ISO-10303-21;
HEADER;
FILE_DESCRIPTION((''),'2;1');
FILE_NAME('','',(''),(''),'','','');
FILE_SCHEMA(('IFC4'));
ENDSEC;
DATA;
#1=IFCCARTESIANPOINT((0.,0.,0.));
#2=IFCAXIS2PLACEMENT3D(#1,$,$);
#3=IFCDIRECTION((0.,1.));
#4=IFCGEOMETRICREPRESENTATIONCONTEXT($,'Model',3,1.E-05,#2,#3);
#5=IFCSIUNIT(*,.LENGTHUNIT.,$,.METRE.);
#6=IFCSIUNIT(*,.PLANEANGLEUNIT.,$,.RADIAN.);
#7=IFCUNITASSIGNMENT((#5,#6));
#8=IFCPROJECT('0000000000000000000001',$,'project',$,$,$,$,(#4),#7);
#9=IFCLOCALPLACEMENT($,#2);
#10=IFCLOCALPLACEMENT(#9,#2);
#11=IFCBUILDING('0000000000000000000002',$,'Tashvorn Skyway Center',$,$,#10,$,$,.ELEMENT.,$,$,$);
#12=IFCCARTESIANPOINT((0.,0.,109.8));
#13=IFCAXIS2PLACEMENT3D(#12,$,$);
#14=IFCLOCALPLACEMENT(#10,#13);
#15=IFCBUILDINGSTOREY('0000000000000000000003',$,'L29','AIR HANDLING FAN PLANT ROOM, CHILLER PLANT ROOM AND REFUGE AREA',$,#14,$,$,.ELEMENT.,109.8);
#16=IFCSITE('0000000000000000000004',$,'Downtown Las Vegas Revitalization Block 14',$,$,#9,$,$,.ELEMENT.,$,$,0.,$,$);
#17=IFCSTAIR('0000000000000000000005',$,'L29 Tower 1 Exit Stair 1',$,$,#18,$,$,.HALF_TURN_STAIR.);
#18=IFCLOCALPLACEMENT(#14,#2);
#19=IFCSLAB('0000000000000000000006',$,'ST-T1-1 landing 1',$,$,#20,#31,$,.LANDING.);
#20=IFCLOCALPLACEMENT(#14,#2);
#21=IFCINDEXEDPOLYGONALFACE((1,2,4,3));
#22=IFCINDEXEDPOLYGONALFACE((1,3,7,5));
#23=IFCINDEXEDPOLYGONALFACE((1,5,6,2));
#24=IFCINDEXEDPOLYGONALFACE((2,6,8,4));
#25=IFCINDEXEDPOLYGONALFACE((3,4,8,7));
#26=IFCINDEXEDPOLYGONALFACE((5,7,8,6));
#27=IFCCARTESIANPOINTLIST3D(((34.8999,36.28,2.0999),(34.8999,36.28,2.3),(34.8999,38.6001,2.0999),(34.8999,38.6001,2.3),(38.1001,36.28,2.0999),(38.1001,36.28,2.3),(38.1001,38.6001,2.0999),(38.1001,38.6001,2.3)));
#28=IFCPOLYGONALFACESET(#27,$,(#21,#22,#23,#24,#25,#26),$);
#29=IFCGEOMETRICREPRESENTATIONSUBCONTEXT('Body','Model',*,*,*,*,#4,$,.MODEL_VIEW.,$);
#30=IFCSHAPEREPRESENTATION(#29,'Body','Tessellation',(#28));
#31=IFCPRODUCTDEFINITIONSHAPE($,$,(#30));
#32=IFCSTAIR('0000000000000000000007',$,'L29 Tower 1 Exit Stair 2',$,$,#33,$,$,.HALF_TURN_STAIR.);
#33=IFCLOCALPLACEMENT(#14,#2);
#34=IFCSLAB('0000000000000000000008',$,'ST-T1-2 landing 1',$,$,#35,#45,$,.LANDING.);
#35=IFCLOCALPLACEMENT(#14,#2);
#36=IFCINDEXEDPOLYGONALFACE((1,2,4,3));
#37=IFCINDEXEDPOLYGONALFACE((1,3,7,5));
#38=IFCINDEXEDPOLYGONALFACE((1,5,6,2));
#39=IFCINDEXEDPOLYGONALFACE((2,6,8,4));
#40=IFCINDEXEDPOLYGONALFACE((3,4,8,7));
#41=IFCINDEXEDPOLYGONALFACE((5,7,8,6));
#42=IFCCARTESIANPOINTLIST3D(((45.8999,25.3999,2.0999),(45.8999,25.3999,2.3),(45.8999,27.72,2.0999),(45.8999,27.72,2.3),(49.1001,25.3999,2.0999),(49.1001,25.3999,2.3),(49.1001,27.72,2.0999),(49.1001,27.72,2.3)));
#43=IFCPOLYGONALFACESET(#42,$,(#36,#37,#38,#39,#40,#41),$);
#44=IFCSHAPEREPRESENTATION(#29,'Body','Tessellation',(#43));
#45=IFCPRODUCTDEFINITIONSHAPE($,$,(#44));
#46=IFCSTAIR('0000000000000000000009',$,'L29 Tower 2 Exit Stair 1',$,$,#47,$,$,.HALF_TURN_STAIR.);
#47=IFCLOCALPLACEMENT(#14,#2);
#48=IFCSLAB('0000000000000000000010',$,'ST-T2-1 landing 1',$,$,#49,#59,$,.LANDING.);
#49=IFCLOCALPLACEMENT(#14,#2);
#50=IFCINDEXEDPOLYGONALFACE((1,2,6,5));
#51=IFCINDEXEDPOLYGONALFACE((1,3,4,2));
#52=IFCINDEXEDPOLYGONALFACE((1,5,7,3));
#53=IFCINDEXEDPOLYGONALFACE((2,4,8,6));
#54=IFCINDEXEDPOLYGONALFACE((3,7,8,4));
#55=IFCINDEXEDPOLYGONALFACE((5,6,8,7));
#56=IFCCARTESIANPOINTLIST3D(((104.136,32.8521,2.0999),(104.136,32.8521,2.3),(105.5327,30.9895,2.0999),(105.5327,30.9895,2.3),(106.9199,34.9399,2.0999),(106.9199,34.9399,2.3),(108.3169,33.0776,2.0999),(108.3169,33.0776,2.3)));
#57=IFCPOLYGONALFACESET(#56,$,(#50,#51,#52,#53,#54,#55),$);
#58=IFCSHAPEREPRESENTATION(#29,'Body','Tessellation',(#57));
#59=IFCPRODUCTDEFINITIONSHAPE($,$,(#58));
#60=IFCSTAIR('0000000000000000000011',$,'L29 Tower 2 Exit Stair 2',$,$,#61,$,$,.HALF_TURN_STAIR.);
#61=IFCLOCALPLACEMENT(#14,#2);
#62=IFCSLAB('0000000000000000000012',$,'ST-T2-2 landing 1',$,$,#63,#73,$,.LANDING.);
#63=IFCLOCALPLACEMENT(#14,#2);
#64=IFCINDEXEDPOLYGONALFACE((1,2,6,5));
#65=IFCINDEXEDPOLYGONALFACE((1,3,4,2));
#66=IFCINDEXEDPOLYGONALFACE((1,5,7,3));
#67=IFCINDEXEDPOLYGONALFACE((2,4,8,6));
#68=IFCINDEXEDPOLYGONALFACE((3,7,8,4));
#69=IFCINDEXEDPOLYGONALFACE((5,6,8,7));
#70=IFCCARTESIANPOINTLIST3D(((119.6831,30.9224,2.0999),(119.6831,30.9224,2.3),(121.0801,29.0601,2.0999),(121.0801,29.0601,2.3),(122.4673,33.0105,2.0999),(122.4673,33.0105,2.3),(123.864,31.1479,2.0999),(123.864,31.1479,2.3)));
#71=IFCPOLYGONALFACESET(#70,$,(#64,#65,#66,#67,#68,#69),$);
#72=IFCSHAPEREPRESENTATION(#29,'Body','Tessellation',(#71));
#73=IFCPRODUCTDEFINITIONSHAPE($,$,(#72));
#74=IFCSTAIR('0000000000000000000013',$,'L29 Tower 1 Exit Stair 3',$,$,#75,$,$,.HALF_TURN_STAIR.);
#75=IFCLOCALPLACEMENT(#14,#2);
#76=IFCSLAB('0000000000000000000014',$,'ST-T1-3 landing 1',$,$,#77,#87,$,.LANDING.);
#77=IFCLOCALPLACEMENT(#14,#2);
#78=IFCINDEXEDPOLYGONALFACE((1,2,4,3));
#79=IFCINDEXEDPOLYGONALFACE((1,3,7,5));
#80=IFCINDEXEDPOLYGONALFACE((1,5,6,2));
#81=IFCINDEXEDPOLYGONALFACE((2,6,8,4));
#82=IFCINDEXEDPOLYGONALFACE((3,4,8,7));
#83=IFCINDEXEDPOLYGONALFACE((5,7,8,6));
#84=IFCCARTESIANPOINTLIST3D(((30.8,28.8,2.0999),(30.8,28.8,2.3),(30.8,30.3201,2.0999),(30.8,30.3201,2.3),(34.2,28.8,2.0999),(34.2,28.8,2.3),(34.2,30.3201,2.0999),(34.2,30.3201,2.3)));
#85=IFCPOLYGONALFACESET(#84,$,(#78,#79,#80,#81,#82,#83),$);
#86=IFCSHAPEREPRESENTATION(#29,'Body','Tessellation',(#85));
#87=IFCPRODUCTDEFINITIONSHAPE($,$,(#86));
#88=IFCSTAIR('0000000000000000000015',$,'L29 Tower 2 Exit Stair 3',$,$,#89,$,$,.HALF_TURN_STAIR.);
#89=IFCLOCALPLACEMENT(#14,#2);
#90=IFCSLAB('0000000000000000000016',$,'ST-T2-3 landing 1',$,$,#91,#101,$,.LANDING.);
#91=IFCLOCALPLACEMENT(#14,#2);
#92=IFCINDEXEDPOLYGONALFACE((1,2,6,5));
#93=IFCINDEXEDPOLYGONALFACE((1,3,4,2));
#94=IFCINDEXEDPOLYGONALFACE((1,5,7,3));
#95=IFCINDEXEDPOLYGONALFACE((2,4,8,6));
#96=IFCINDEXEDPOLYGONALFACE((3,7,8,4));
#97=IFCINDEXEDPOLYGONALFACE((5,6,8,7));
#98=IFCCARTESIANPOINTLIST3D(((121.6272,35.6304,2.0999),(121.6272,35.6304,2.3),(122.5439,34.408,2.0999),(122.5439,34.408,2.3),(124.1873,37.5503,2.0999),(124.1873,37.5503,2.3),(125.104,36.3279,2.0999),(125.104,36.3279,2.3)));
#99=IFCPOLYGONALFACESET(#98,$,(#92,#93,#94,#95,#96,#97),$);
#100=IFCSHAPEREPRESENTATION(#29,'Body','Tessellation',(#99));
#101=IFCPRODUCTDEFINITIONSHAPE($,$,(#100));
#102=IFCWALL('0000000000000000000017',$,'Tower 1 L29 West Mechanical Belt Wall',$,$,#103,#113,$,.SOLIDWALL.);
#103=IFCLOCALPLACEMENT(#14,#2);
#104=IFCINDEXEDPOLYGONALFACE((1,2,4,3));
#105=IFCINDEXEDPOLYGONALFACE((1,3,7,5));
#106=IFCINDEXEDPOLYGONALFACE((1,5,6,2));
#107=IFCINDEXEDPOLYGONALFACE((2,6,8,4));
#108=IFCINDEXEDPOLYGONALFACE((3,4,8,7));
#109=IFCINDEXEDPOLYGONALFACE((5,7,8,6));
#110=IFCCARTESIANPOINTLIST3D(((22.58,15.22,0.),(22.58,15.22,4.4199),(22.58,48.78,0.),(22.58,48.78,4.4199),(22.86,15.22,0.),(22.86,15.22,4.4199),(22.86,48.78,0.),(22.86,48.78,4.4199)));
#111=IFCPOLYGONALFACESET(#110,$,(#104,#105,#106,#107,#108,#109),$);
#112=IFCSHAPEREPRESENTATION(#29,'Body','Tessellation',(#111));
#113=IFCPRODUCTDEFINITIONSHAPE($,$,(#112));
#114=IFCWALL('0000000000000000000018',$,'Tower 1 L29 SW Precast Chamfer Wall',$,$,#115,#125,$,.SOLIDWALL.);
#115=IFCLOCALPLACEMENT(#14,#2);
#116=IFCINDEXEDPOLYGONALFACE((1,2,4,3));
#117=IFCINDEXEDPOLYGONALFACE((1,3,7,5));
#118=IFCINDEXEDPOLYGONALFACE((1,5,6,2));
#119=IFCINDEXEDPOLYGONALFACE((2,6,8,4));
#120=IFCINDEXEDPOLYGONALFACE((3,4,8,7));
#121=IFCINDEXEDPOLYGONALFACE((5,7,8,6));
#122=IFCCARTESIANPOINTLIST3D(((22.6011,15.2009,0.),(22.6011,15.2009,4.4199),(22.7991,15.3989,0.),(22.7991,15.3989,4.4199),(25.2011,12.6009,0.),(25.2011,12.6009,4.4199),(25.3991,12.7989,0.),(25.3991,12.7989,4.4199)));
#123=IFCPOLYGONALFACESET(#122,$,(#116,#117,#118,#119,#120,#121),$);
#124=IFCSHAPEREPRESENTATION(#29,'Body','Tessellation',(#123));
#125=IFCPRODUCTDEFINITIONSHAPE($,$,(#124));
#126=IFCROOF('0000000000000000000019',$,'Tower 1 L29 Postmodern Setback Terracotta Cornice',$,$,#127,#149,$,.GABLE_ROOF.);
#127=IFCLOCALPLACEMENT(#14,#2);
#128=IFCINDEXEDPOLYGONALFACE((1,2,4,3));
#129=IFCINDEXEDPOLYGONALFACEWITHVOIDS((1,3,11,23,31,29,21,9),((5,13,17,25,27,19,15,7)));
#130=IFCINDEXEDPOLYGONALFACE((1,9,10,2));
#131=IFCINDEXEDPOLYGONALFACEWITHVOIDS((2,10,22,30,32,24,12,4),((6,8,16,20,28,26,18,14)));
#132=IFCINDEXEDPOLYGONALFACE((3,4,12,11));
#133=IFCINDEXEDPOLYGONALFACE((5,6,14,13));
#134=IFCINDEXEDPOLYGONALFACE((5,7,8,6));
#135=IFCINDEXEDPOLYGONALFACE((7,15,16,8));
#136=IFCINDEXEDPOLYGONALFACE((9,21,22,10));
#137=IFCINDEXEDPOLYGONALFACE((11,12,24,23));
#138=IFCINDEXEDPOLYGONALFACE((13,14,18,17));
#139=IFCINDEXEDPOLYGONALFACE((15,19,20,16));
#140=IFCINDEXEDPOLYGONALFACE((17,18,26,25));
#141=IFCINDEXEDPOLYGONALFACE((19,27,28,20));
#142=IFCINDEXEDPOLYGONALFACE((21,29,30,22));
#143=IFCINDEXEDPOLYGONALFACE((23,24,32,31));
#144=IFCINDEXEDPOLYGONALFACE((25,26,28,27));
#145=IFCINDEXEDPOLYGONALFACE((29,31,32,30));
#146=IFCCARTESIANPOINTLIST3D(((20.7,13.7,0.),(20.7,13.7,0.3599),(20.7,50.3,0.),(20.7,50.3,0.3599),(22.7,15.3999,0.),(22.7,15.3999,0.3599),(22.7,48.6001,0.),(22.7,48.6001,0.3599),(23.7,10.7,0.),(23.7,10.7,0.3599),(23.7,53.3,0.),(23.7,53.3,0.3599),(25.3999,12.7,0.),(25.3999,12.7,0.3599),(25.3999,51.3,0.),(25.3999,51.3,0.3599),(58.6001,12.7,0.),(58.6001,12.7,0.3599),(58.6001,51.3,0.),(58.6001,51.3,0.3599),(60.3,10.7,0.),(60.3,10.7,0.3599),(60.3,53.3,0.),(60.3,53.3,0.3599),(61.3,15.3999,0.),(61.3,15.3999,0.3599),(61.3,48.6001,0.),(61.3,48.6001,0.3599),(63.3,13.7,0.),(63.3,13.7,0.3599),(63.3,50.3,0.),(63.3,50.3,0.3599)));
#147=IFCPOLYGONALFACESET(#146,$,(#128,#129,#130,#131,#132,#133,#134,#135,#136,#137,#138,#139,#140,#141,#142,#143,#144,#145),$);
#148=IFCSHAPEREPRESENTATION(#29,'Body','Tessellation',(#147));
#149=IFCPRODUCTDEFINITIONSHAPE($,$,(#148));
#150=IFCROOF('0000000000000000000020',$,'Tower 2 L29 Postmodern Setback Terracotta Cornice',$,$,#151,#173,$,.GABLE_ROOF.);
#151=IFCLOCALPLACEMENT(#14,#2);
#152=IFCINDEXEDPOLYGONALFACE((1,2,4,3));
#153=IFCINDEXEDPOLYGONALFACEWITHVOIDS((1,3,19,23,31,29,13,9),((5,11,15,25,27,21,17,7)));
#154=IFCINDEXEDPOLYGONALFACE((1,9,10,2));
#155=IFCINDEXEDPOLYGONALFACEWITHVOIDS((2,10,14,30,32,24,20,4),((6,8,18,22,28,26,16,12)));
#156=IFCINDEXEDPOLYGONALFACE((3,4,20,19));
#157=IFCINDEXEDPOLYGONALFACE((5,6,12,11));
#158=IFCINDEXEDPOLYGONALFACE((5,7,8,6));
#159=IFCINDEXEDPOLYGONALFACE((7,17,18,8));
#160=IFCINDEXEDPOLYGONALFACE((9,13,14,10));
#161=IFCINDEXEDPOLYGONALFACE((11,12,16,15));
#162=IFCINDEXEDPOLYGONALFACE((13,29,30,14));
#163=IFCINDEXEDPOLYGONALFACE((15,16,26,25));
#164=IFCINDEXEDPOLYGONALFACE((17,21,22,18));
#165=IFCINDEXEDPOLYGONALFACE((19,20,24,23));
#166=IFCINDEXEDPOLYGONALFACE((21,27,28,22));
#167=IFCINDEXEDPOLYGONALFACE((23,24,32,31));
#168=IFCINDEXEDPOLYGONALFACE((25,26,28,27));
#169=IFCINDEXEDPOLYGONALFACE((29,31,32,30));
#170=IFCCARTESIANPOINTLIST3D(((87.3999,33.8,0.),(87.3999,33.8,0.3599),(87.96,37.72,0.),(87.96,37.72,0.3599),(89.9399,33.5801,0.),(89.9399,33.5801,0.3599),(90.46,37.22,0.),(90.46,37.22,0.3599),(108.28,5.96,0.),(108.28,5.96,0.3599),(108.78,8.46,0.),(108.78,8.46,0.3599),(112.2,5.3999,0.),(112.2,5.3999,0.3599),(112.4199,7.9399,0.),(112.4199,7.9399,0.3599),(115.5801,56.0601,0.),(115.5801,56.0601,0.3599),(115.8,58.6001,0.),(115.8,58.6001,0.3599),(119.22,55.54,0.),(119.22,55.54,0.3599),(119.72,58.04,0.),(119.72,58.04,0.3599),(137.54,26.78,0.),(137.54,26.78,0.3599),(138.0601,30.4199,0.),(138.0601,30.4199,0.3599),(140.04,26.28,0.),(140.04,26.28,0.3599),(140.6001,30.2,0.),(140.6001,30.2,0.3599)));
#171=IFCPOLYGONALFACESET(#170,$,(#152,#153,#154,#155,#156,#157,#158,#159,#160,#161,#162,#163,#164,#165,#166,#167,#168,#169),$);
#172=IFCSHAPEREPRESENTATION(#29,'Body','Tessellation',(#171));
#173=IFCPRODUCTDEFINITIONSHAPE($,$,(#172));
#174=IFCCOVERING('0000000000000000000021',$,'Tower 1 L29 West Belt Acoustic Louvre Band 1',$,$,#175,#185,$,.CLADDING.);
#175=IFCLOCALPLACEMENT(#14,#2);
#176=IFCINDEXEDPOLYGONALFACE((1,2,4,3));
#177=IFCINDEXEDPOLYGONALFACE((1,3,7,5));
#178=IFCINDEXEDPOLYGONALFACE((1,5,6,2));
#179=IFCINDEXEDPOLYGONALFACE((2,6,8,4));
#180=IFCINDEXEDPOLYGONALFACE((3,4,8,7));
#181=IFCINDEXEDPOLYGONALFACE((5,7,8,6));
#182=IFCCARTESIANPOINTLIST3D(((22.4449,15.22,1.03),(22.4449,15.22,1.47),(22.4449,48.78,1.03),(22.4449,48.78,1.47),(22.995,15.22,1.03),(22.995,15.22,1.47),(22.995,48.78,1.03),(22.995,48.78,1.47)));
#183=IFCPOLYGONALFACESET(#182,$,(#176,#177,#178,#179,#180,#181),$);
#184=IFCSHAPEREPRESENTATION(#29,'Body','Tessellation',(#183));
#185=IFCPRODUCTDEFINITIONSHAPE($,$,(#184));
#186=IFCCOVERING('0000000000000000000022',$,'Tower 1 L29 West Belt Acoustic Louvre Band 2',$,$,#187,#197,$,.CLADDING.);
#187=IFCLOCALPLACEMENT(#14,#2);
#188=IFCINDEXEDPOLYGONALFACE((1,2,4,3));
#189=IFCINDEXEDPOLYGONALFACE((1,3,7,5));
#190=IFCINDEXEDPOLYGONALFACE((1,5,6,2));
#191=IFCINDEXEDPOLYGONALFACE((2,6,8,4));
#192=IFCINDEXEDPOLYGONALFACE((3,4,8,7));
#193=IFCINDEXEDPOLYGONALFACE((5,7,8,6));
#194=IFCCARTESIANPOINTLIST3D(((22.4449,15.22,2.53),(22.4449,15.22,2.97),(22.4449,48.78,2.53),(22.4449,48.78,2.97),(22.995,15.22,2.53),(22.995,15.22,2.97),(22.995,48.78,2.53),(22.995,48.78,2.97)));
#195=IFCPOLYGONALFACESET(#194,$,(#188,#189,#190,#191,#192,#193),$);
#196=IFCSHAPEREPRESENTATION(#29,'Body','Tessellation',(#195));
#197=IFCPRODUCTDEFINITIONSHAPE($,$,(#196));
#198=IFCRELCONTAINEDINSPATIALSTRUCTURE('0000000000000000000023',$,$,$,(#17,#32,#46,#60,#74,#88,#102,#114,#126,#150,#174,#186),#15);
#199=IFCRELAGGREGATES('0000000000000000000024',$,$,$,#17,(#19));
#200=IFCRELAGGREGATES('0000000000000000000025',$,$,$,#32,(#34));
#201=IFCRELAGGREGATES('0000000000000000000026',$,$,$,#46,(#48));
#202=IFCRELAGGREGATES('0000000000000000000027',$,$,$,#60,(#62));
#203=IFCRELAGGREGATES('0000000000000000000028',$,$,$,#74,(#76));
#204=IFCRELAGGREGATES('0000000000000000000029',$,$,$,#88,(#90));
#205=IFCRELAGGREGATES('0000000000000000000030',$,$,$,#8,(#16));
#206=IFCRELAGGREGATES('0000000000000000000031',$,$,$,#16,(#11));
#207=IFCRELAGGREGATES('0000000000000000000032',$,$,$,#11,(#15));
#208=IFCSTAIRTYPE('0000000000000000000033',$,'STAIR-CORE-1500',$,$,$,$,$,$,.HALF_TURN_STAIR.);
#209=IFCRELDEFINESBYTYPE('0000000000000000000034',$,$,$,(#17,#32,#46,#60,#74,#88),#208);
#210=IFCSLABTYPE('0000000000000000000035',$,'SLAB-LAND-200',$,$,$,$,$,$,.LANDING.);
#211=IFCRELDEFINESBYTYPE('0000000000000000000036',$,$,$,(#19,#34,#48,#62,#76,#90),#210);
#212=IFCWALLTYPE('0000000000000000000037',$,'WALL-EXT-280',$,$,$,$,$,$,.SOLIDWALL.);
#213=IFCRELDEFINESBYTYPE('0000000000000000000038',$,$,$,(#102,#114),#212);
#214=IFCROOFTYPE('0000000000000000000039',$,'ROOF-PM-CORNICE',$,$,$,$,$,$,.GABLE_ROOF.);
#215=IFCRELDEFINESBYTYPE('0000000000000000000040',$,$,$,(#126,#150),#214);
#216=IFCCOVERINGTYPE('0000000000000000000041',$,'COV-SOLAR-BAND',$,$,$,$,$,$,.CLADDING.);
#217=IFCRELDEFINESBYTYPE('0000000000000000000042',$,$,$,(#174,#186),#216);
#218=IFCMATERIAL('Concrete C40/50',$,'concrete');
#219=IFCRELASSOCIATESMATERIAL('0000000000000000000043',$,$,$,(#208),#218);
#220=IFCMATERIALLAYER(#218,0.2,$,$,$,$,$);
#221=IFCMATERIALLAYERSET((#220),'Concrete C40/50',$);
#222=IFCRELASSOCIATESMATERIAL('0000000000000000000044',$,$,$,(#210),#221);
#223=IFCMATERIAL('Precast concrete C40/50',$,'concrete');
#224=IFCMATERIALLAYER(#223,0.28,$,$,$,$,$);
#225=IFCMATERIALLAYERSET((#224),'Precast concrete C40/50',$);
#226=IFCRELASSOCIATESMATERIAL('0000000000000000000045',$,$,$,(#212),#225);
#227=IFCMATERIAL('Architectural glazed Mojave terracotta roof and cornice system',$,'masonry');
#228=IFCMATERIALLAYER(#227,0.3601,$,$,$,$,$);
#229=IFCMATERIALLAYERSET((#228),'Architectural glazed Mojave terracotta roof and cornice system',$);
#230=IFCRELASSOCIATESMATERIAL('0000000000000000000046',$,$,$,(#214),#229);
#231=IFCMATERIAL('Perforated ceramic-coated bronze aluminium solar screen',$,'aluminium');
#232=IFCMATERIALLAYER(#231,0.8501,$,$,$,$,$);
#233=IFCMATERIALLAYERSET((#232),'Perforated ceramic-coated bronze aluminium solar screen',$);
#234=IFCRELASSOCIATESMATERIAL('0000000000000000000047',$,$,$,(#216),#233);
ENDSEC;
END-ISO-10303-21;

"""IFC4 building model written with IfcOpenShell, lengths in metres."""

from ifc_helpers import new_model, si_unit, direction, frame, frame_2d, origin, origin_2d, place, context, subcontext, project, spatial, polyline, rectangle, outline, extrude, material, layer, layer_set, type_object, element, aggregate, save


model = new_model("IFC4")

# Units and contexts
model_context = context("Model", 3, precision=1e-05, world=origin(), true_north=direction((0.0, 1.0)))
body_context = subcontext(model_context, "Body", "Model", "MODEL_VIEW")
ifc_project = project(units=[si_unit("LENGTHUNIT", "METRE"), si_unit("PLANEANGLEUNIT", "RADIAN")], contexts=[model_context])

# Site, building, storey
site_placement = place(None, origin())
site = spatial("IfcSite", under=ifc_project, at=site_placement, Name="Downtown Las Vegas Revitalization Block 14", CompositionType="ELEMENT", RefElevation=0.0)
building_placement = place(site_placement, origin())
building = spatial("IfcBuilding", under=site, at=building_placement, Name="Tashvorn Skyway Center", CompositionType="ELEMENT")
storey_placement = place(building_placement, frame((0.0, 0.0, 109.8)))
storey = spatial("IfcBuildingStorey", under=building, at=storey_placement, Name="L29", Description="AIR HANDLING FAN PLANT ROOM, CHILLER PLANT ROOM AND REFUGE AREA", CompositionType="ELEMENT", Elevation=109.8)

# Stairs, slabs
ifc_material_1 = material(Name="Concrete C40/50", Category="concrete")
stair_type = type_object("IfcStairType", Name="STAIR-CORE-1500", PredefinedType="HALF_TURN_STAIR", material=ifc_material_1)
stair_1_placement = place(storey_placement, origin())
stair_1 = element("IfcStair", 1, at=stair_1_placement, inside=storey, type_object=stair_type, Name="L29 Tower 1 Exit Stair 1", PredefinedType="HALF_TURN_STAIR")
ifc_layer_1 = layer(ifc_material_1, 0.2)
ifc_layer_set_1 = layer_set([ifc_layer_1], Name="Concrete C40/50")
slab_type_1 = type_object("IfcSlabType", Name="SLAB-LAND-200", PredefinedType="LANDING", material=ifc_layer_set_1)
slab_1_placement = place(storey_placement, frame((0.0, 0.0, 2.0999)))
slab_1 = element("IfcSlab", 2, at=slab_1_placement, type_object=slab_type_1, Name="ST-T1-1 landing 1", PredefinedType="LANDING", context=body_context, shape_type="SweptSolid", body=[
    extrude(outline(polyline([(38.1001, 36.28), (38.1001, 38.6001), (34.8999, 38.6001), (34.8999, 36.28), (38.1001, 36.28)])), origin(), (0.0, 0.0, 1.0), 0.2002),
])
aggregate(stair_1, [slab_1])
stair_2_placement = place(storey_placement, origin())
stair_2 = element("IfcStair", 3, at=stair_2_placement, inside=storey, type_object=stair_type, Name="L29 Tower 1 Exit Stair 2", PredefinedType="HALF_TURN_STAIR")
slab_2_placement = place(storey_placement, frame((0.0, 0.0, 2.0999)))
slab_2 = element("IfcSlab", 4, at=slab_2_placement, type_object=slab_type_1, Name="ST-T1-2 landing 1", PredefinedType="LANDING", context=body_context, shape_type="SweptSolid", body=[
    extrude(outline(polyline([(45.8999, 27.72), (45.8999, 25.3999), (49.1001, 25.3999), (49.1001, 27.72), (45.8999, 27.72)])), origin(), (0.0, 0.0, 1.0), 0.2002),
])
aggregate(stair_2, [slab_2])
stair_3_placement = place(storey_placement, origin())
stair_3 = element("IfcStair", 5, at=stair_3_placement, inside=storey, type_object=stair_type, Name="L29 Tower 2 Exit Stair 1", PredefinedType="HALF_TURN_STAIR")
slab_3_placement = place(storey_placement, frame((0.0, 0.0, 2.0999)))
slab_3 = element("IfcSlab", 6, at=slab_3_placement, type_object=slab_type_1, Name="ST-T2-1 landing 1", PredefinedType="LANDING", context=body_context, shape_type="SweptSolid", body=[
    extrude(outline(polyline([(108.3169, 33.0776), (106.9199, 34.9399), (104.136, 32.8521), (105.5327, 30.9895), (108.3169, 33.0776)])), origin(), (0.0, 0.0, 1.0), 0.2002),
])
aggregate(stair_3, [slab_3])
stair_4_placement = place(storey_placement, origin())
stair_4 = element("IfcStair", 7, at=stair_4_placement, inside=storey, type_object=stair_type, Name="L29 Tower 2 Exit Stair 2", PredefinedType="HALF_TURN_STAIR")
slab_4_placement = place(storey_placement, frame((0.0, 0.0, 2.0999)))
slab_4 = element("IfcSlab", 8, at=slab_4_placement, type_object=slab_type_1, Name="ST-T2-2 landing 1", PredefinedType="LANDING", context=body_context, shape_type="SweptSolid", body=[
    extrude(outline(polyline([(119.6831, 30.9224), (121.0801, 29.0601), (123.864, 31.1479), (122.4673, 33.0105), (119.6831, 30.9224)])), origin(), (0.0, 0.0, 1.0), 0.2002),
])
aggregate(stair_4, [slab_4])
stair_5_placement = place(storey_placement, origin())
stair_5 = element("IfcStair", 9, at=stair_5_placement, inside=storey, type_object=stair_type, Name="L29 Tower 1 Exit Stair 3", PredefinedType="HALF_TURN_STAIR")
slab_5_placement = place(storey_placement, frame((0.0, 0.0, 2.0999)))
slab_5 = element("IfcSlab", 10, at=slab_5_placement, type_object=slab_type_1, Name="ST-T1-3 landing 1", PredefinedType="LANDING", context=body_context, shape_type="SweptSolid", body=[
    extrude(outline(polyline([(30.8, 30.3201), (30.8, 28.8), (34.2, 28.8), (34.2, 30.3201), (30.8, 30.3201)])), origin(), (0.0, 0.0, 1.0), 0.2002),
])
aggregate(stair_5, [slab_5])
stair_6_placement = place(storey_placement, origin())
stair_6 = element("IfcStair", 11, at=stair_6_placement, inside=storey, type_object=stair_type, Name="L29 Tower 2 Exit Stair 3", PredefinedType="HALF_TURN_STAIR")
slab_6_placement = place(storey_placement, frame((0.0, 0.0, 2.0999)))
slab_6 = element("IfcSlab", 12, at=slab_6_placement, type_object=slab_type_1, Name="ST-T2-3 landing 1", PredefinedType="LANDING", context=body_context, shape_type="SweptSolid", body=[
    extrude(outline(polyline([(121.6272, 35.6304), (122.5439, 34.408), (125.104, 36.3279), (124.1873, 37.5503), (121.6272, 35.6304)])), origin(), (0.0, 0.0, 1.0), 0.2002),
])
aggregate(stair_6, [slab_6])

# Walls
ifc_material_2 = material(Name="Precast concrete C40/50", Category="concrete")
ifc_layer_2 = layer(ifc_material_2, 0.28)
ifc_layer_set_2 = layer_set([ifc_layer_2], Name="Precast concrete C40/50")
wall_type = type_object("IfcWallType", Name="WALL-EXT-280", PredefinedType="SOLIDWALL", material=ifc_layer_set_2)
wall_1_placement = place(storey_placement, frame((22.72, 15.22, 0.0), z_axis=(0.0, 0.0, 1.0), x_axis=(0.0, 1.0, 0.0)))
element("IfcWall", 13, at=wall_1_placement, inside=storey, type_object=wall_type, Name="Tower 1 L29 West Mechanical Belt Wall", PredefinedType="SOLIDWALL", context=body_context, shape_type="SweptSolid", body=[
    extrude(rectangle(XDim=33.5601, YDim=0.28, at=frame_2d((16.78, 0.0))), origin(), (0.0, 0.0, 1.0), 4.4199),
])
wall_2_placement = place(storey_placement, frame((25.3, 12.7, 0.0), z_axis=(0.0, 0.0, 1.0), x_axis=(-0.707107, 0.707107, 0.0)))
element("IfcWall", 14, at=wall_2_placement, inside=storey, type_object=wall_type, Name="Tower 1 L29 SW Precast Chamfer Wall", PredefinedType="SOLIDWALL", context=body_context, shape_type="SweptSolid", body=[
    extrude(rectangle(XDim=3.677, YDim=0.28, at=frame_2d((1.8384, 0.0))), origin(), (0.0, 0.0, 1.0), 4.4199),
])

# Roofs
ifc_material_3 = material(Name="Architectural glazed Mojave terracotta roof and cornice system", Category="masonry")
ifc_layer_3 = layer(ifc_material_3, 0.3601)
ifc_layer_set_3 = layer_set([ifc_layer_3], Name="Architectural glazed Mojave terracotta roof and cornice system")
roof_type = type_object("IfcRoofType", Name="ROOF-PM-CORNICE", PredefinedType="GABLE_ROOF", material=ifc_layer_set_3)
roof_1_placement = place(storey_placement, origin())
element("IfcRoof", 15, at=roof_1_placement, inside=storey, type_object=roof_type, Name="Tower 1 L29 Postmodern Setback Terracotta Cornice", PredefinedType="GABLE_ROOF", context=body_context, shape_type="SweptSolid", body=[
    extrude(outline(polyline([(23.7, 10.7), (60.3, 10.7), (63.3, 13.7), (63.3, 50.3), (60.3, 53.3), (23.7, 53.3), (20.7, 50.3), (20.7, 13.7), (23.7, 10.7)]), holes=[polyline([(25.3999, 12.7), (58.6001, 12.7), (61.3, 15.3999), (61.3, 48.6001), (58.6001, 51.3), (25.3999, 51.3), (22.7, 48.6001), (22.7, 15.3999), (25.3999, 12.7)])]), origin(), (0.0, 0.0, 1.0), 0.3599),
])
roof_2_placement = place(storey_placement, origin())
element("IfcRoof", 16, at=roof_2_placement, inside=storey, type_object=roof_type, Name="Tower 2 L29 Postmodern Setback Terracotta Cornice", PredefinedType="GABLE_ROOF", context=body_context, shape_type="SweptSolid", body=[
    extrude(outline(polyline([(112.2, 5.3999), (140.04, 26.28), (140.6001, 30.2), (119.72, 58.04), (115.8, 58.6001), (87.96, 37.72), (87.3999, 33.8), (108.28, 5.96), (112.2, 5.3999)]), holes=[polyline([(112.4199, 7.9399), (137.54, 26.78), (138.0601, 30.4199), (119.22, 55.54), (115.5801, 56.0601), (90.46, 37.22), (89.9399, 33.5801), (108.78, 8.46), (112.4199, 7.9399)])]), origin(), (0.0, 0.0, 1.0), 0.3599),
])

# Coverings
ifc_material_4 = material(Name="Perforated ceramic-coated bronze aluminium solar screen", Category="aluminium")
ifc_layer_4 = layer(ifc_material_4, 0.8501)
ifc_layer_set_4 = layer_set([ifc_layer_4], Name="Perforated ceramic-coated bronze aluminium solar screen")
covering_type_1 = type_object("IfcCoveringType", Name="COV-SOLAR-BAND", PredefinedType="CLADDING", material=ifc_layer_set_4)
for number, where, z_axis, x_axis, name in (
    (17, (22.72, 32.0, 1.03), (0.0, 0.0, 1.0), (0.0, 1.0, 0.0), "Tower 1 L29 West Belt Acoustic Louvre Band 1"),
    (18, (22.72, 32.0, 2.53), (0.0, 0.0, 1.0), (0.0, 1.0, 0.0), "Tower 1 L29 West Belt Acoustic Louvre Band 2"),
):
    element("IfcCovering", number, at=place(storey_placement, frame(where, z_axis=z_axis, x_axis=x_axis)), inside=storey, type_object=covering_type_1, Name=name, PredefinedType="CLADDING", context=body_context, shape_type="SweptSolid", body=[
        extrude(rectangle(XDim=33.5601, YDim=0.55, at=origin_2d()), origin(), (0.0, 0.0, 1.0), 0.4399),
    ])

save(model, "model.ifc")
